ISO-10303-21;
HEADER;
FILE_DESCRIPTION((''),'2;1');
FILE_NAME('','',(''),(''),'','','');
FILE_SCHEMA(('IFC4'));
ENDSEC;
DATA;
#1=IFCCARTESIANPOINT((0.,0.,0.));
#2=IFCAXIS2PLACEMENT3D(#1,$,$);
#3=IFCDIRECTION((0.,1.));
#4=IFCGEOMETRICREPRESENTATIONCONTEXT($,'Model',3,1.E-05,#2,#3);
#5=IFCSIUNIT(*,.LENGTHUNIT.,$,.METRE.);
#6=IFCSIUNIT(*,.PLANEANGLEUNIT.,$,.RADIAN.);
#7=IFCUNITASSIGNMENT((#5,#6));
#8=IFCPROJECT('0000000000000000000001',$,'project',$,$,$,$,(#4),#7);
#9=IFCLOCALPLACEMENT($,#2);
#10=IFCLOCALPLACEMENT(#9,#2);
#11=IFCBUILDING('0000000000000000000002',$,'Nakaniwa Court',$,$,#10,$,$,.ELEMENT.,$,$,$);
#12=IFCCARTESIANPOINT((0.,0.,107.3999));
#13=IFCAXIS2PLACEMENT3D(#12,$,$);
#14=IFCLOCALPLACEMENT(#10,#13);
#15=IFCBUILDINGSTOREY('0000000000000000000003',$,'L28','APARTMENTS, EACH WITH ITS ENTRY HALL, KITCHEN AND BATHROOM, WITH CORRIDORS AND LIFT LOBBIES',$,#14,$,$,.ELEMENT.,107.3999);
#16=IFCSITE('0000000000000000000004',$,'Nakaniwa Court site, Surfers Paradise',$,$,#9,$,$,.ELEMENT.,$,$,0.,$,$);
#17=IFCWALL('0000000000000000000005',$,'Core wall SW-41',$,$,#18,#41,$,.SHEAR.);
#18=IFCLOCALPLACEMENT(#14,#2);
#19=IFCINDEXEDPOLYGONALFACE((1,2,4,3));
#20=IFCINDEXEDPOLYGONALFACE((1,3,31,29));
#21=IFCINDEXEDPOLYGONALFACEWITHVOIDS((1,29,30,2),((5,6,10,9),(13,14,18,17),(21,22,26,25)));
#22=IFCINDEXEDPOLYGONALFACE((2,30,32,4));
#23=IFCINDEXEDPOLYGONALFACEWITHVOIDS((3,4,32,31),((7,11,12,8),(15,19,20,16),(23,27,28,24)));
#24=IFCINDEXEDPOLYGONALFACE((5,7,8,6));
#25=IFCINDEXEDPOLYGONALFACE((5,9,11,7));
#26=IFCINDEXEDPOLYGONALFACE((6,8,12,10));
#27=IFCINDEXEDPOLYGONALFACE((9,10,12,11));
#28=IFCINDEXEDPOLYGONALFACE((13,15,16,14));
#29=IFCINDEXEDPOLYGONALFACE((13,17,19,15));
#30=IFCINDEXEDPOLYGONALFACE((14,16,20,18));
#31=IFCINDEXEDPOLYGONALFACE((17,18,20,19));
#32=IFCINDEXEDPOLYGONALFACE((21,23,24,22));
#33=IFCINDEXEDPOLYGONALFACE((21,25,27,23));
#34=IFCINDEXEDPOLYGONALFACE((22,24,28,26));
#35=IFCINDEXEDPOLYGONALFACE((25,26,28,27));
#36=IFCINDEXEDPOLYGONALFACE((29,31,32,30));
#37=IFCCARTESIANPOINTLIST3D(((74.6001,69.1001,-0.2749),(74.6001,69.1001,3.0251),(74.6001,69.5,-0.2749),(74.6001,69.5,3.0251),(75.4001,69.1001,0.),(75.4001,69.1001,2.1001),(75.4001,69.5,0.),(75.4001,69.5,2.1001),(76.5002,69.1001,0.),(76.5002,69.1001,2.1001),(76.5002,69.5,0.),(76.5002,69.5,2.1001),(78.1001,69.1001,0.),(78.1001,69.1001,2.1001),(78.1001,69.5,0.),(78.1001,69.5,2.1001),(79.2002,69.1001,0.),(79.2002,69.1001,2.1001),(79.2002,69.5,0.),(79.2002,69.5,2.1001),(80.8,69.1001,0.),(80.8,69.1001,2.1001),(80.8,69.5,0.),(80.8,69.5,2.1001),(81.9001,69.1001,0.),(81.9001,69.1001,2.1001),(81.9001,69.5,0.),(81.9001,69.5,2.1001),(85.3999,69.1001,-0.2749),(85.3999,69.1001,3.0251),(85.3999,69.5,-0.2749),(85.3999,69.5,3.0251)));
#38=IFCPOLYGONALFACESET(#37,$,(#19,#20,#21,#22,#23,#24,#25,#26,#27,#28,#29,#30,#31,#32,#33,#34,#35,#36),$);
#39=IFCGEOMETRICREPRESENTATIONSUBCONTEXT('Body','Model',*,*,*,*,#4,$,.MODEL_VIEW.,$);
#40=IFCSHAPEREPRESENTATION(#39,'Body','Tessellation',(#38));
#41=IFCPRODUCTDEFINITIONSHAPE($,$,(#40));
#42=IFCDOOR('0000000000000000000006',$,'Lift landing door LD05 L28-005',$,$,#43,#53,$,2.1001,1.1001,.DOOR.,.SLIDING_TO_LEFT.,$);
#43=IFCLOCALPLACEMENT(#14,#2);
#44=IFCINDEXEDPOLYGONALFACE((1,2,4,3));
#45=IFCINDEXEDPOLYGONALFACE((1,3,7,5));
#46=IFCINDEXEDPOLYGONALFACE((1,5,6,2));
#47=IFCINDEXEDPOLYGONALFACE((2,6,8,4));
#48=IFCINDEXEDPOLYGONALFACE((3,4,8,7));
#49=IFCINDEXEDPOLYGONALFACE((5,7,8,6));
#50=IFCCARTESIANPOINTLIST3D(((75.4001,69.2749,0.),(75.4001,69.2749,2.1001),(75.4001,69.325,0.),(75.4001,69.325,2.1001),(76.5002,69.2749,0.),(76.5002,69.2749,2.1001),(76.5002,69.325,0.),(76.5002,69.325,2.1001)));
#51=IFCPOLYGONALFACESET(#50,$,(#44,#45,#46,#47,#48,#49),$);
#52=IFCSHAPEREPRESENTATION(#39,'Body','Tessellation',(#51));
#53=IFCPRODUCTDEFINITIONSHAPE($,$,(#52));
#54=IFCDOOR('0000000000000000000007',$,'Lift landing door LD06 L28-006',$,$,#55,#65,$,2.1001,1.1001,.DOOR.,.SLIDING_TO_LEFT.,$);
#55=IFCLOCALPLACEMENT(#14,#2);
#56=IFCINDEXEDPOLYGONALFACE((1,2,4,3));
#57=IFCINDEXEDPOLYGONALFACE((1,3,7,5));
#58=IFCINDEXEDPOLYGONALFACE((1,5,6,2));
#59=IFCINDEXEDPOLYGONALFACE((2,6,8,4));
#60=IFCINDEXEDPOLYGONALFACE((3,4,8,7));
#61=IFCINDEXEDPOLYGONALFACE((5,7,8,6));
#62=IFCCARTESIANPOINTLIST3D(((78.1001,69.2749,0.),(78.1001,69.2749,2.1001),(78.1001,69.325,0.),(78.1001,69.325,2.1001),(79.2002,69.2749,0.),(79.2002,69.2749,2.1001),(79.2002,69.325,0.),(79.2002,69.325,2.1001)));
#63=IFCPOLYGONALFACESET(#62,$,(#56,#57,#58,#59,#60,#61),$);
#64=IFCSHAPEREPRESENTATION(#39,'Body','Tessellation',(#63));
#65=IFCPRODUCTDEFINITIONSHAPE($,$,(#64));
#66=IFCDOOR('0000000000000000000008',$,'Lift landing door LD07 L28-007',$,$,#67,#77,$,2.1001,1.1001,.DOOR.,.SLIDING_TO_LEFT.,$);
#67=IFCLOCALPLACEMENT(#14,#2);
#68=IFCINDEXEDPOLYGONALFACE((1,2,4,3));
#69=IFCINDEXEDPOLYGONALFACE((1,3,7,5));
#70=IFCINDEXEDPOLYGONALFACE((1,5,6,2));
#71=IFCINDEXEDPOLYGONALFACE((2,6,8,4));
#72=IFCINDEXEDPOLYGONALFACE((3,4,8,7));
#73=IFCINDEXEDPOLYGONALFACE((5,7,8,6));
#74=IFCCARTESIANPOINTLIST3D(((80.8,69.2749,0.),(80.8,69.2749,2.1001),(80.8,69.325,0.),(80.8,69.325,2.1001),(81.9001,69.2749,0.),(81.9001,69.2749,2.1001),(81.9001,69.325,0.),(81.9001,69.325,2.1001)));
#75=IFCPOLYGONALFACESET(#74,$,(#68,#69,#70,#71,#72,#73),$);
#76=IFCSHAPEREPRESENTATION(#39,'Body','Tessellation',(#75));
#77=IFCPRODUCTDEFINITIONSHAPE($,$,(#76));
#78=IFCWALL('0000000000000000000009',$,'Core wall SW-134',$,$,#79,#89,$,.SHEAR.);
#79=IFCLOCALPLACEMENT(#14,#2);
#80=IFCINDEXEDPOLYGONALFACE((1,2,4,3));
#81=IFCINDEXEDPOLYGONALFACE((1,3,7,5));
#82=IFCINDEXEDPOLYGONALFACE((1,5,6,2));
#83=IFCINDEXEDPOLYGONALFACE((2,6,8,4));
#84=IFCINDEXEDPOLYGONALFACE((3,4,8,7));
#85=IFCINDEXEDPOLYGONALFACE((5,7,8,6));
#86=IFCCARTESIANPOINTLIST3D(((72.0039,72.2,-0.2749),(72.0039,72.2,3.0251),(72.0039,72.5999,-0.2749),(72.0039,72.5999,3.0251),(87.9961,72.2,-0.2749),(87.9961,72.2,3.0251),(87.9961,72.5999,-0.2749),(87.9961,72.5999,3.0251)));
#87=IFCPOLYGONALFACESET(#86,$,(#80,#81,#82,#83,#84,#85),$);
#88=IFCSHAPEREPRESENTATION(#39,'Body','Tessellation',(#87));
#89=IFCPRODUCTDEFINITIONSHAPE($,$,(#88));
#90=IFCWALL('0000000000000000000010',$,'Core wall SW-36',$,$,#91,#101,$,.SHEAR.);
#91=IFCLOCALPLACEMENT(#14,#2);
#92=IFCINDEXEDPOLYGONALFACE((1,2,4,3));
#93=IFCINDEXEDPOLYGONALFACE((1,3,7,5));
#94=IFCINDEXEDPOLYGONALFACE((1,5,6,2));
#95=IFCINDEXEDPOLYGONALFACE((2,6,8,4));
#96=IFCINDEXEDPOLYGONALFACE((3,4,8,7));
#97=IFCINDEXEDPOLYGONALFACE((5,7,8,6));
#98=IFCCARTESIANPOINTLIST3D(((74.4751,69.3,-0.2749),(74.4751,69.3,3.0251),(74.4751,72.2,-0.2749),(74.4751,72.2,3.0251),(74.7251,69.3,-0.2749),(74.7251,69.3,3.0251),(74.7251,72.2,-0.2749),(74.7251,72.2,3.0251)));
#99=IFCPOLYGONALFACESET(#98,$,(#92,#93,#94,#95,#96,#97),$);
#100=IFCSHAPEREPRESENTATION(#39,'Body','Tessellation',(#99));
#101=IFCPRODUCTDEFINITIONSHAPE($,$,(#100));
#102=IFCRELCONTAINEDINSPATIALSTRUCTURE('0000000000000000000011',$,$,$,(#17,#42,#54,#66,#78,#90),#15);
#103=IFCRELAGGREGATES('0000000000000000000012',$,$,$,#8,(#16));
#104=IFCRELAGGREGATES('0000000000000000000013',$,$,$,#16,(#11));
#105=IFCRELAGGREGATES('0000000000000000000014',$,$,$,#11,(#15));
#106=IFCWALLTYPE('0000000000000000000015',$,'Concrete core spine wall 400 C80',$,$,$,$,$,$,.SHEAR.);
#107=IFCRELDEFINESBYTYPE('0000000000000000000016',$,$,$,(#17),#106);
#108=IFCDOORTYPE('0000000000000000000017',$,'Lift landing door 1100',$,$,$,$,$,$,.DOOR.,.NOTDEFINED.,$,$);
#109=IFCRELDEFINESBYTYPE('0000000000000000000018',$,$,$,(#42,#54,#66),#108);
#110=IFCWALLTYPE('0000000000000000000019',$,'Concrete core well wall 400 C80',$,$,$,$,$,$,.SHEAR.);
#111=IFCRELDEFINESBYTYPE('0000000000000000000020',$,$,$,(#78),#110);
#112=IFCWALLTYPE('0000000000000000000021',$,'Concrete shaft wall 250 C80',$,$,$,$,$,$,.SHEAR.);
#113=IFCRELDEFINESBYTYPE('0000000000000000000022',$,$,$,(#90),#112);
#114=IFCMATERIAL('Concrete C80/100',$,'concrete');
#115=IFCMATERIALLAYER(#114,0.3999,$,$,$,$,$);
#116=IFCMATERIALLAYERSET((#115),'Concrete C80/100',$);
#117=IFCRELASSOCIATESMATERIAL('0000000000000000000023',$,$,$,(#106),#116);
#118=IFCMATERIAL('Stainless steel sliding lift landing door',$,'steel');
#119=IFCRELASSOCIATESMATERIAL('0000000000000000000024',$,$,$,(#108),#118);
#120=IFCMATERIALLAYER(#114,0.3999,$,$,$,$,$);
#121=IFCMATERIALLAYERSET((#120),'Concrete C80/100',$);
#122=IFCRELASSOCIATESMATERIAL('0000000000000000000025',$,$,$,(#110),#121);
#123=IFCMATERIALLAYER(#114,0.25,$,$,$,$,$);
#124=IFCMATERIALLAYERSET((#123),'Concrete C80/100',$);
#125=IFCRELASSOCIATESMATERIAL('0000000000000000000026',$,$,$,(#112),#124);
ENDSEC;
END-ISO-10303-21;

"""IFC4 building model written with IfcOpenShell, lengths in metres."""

from ifc_helpers import new_model, si_unit, direction, frame, frame_2d, origin, place, context, subcontext, project, spatial, rectangle, extrude, material, layer, layer_set, type_object, element, fill, save


model = new_model("IFC4")

# Units and contexts
model_context = context("Model", 3, precision=1e-05, world=origin(), true_north=direction((0.0, 1.0)))
body_context = subcontext(model_context, "Body", "Model", "MODEL_VIEW")
ifc_project = project(units=[si_unit("LENGTHUNIT", "METRE"), si_unit("PLANEANGLEUNIT", "RADIAN")], contexts=[model_context])

# Site, building, storey
site_placement = place(None, origin())
site = spatial("IfcSite", under=ifc_project, at=site_placement, Name="Nakaniwa Court site, Surfers Paradise", CompositionType="ELEMENT", RefElevation=0.0)
building_placement = place(site_placement, origin())
building = spatial("IfcBuilding", under=site, at=building_placement, Name="Nakaniwa Court", CompositionType="ELEMENT")
storey_placement = place(building_placement, frame((0.0, 0.0, 107.3999)))
storey = spatial("IfcBuildingStorey", under=building, at=storey_placement, Name="L28", Description="APARTMENTS, EACH WITH ITS ENTRY HALL, KITCHEN AND BATHROOM, WITH CORRIDORS AND LIFT LOBBIES", CompositionType="ELEMENT", Elevation=107.3999)

# Shared definitions
ifc_material_1 = material(Name="Concrete C80/100", Category="concrete")

# Wall, openings, doors
ifc_layer_1 = layer(ifc_material_1, 0.3999)
ifc_layer_set_1 = layer_set([ifc_layer_1], Name="Concrete C80/100")
wall_type_1 = type_object("IfcWallType", Name="Concrete core spine wall 400 C80", PredefinedType="SHEAR", material=ifc_layer_set_1)
wall_1_placement = place(storey_placement, frame((74.6001, 69.3, -0.2749), z_axis=(0.0, 0.0, 1.0), x_axis=(1.0, 0.0, 0.0)))
wall_1 = element("IfcWall", 1, at=wall_1_placement, inside=storey, type_object=wall_type_1, Name="Core wall SW-41", PredefinedType="SHEAR", context=body_context, shape_type="SweptSolid", body=[
    extrude(rectangle(XDim=10.7998, YDim=0.3999, at=frame_2d((5.3999, 0.0))), origin(), (0.0, 0.0, 1.0), 3.3),
])
opening_1_placement = place(wall_1_placement, frame((0.8, 0.0, 0.2749)))
opening_1 = element("IfcOpeningElement", 2, at=opening_1_placement, cuts=wall_1, PredefinedType="OPENING", context=body_context, shape_type="SweptSolid", body=[
    extrude(rectangle(XDim=1.1001, YDim=2.1001, at=frame_2d((0.55, 1.05))), frame((0.0, 0.21, 0.0), z_axis=(0.0, -1.0, 0.0), x_axis=(1.0, 0.0, 0.0)), (0.0, 0.0, 1.0), 0.4199),
])
opening_2_placement = place(wall_1_placement, frame((3.5, 0.0, 0.2749)))
opening_2 = element("IfcOpeningElement", 3, at=opening_2_placement, cuts=wall_1, PredefinedType="OPENING", context=body_context, shape_type="SweptSolid", body=[
    extrude(rectangle(XDim=1.1001, YDim=2.1001, at=frame_2d((0.55, 1.05))), frame((0.0, 0.21, 0.0), z_axis=(0.0, -1.0, 0.0), x_axis=(1.0, 0.0, 0.0)), (0.0, 0.0, 1.0), 0.4199),
])
opening_3_placement = place(wall_1_placement, frame((6.2, 0.0, 0.2749)))
opening_3 = element("IfcOpeningElement", 4, at=opening_3_placement, cuts=wall_1, PredefinedType="OPENING", context=body_context, shape_type="SweptSolid", body=[
    extrude(rectangle(XDim=1.1001, YDim=2.1001, at=frame_2d((0.55, 1.05))), frame((0.0, 0.21, 0.0), z_axis=(0.0, -1.0, 0.0), x_axis=(1.0, 0.0, 0.0)), (0.0, 0.0, 1.0), 0.4199),
])
ifc_material_2 = material(Name="Stainless steel sliding lift landing door", Category="steel")
door_type_1 = type_object("IfcDoorType", Name="Lift landing door 1100", OperationType="NOTDEFINED", PredefinedType="DOOR", material=ifc_material_2)
door_1_placement = place(opening_1_placement, origin())
door_1 = element("IfcDoor", 5, at=door_1_placement, inside=storey, type_object=door_type_1, Name="Lift landing door LD05 L28-005", OperationType="SLIDING_TO_LEFT", OverallHeight=2.1001, OverallWidth=1.1001, PredefinedType="DOOR", context=body_context, shape_type="SweptSolid", body=[
    extrude(rectangle(XDim=1.1001, YDim=2.1001, at=frame_2d((0.55, 1.05))), frame((0.0, 0.0249, 0.0), z_axis=(0.0, -1.0, 0.0), x_axis=(1.0, 0.0, 0.0)), (0.0, 0.0, 1.0), 0.05),
])
fill(opening_1, door_1)
door_2_placement = place(opening_2_placement, origin())
door_2 = element("IfcDoor", 6, at=door_2_placement, inside=storey, type_object=door_type_1, Name="Lift landing door LD06 L28-006", OperationType="SLIDING_TO_LEFT", OverallHeight=2.1001, OverallWidth=1.1001, PredefinedType="DOOR", context=body_context, shape_type="SweptSolid", body=[
    extrude(rectangle(XDim=1.1001, YDim=2.1001, at=frame_2d((0.55, 1.05))), frame((0.0, 0.0249, 0.0), z_axis=(0.0, -1.0, 0.0), x_axis=(1.0, 0.0, 0.0)), (0.0, 0.0, 1.0), 0.05),
])
fill(opening_2, door_2)
door_3_placement = place(opening_3_placement, origin())
door_3 = element("IfcDoor", 7, at=door_3_placement, inside=storey, type_object=door_type_1, Name="Lift landing door LD07 L28-007", OperationType="SLIDING_TO_LEFT", OverallHeight=2.1001, OverallWidth=1.1001, PredefinedType="DOOR", context=body_context, shape_type="SweptSolid", body=[
    extrude(rectangle(XDim=1.1001, YDim=2.1001, at=frame_2d((0.55, 1.05))), frame((0.0, 0.0249, 0.0), z_axis=(0.0, -1.0, 0.0), x_axis=(1.0, 0.0, 0.0)), (0.0, 0.0, 1.0), 0.05),
])
fill(opening_3, door_3)

# Walls
ifc_layer_2 = layer(ifc_material_1, 0.3999)
ifc_layer_set_2 = layer_set([ifc_layer_2], Name="Concrete C80/100")
wall_type_2 = type_object("IfcWallType", Name="Concrete core well wall 400 C80", PredefinedType="SHEAR", material=ifc_layer_set_2)
wall_2_placement = place(storey_placement, frame((72.0039, 72.3999, -0.2749), z_axis=(0.0, 0.0, 1.0), x_axis=(1.0, 0.0, 0.0)))
element("IfcWall", 8, at=wall_2_placement, inside=storey, type_object=wall_type_2, Name="Core wall SW-134", PredefinedType="SHEAR", context=body_context, shape_type="SweptSolid", body=[
    extrude(rectangle(XDim=15.9922, YDim=0.3999, at=frame_2d((7.9961, 0.0))), origin(), (0.0, 0.0, 1.0), 3.3),
])
ifc_layer_3 = layer(ifc_material_1, 0.25)
ifc_layer_set_3 = layer_set([ifc_layer_3], Name="Concrete C80/100")
wall_type_3 = type_object("IfcWallType", Name="Concrete shaft wall 250 C80", PredefinedType="SHEAR", material=ifc_layer_set_3)
wall_3_placement = place(storey_placement, frame((74.6001, 69.3, -0.2749), z_axis=(0.0, 0.0, 1.0), x_axis=(0.0, 1.0, 0.0)))
element("IfcWall", 9, at=wall_3_placement, inside=storey, type_object=wall_type_3, Name="Core wall SW-36", PredefinedType="SHEAR", context=body_context, shape_type="SweptSolid", body=[
    extrude(rectangle(XDim=2.8999, YDim=0.25, at=frame_2d((1.45, 0.0))), origin(), (0.0, 0.0, 1.0), 3.3),
])

save(model, "model.ifc")
